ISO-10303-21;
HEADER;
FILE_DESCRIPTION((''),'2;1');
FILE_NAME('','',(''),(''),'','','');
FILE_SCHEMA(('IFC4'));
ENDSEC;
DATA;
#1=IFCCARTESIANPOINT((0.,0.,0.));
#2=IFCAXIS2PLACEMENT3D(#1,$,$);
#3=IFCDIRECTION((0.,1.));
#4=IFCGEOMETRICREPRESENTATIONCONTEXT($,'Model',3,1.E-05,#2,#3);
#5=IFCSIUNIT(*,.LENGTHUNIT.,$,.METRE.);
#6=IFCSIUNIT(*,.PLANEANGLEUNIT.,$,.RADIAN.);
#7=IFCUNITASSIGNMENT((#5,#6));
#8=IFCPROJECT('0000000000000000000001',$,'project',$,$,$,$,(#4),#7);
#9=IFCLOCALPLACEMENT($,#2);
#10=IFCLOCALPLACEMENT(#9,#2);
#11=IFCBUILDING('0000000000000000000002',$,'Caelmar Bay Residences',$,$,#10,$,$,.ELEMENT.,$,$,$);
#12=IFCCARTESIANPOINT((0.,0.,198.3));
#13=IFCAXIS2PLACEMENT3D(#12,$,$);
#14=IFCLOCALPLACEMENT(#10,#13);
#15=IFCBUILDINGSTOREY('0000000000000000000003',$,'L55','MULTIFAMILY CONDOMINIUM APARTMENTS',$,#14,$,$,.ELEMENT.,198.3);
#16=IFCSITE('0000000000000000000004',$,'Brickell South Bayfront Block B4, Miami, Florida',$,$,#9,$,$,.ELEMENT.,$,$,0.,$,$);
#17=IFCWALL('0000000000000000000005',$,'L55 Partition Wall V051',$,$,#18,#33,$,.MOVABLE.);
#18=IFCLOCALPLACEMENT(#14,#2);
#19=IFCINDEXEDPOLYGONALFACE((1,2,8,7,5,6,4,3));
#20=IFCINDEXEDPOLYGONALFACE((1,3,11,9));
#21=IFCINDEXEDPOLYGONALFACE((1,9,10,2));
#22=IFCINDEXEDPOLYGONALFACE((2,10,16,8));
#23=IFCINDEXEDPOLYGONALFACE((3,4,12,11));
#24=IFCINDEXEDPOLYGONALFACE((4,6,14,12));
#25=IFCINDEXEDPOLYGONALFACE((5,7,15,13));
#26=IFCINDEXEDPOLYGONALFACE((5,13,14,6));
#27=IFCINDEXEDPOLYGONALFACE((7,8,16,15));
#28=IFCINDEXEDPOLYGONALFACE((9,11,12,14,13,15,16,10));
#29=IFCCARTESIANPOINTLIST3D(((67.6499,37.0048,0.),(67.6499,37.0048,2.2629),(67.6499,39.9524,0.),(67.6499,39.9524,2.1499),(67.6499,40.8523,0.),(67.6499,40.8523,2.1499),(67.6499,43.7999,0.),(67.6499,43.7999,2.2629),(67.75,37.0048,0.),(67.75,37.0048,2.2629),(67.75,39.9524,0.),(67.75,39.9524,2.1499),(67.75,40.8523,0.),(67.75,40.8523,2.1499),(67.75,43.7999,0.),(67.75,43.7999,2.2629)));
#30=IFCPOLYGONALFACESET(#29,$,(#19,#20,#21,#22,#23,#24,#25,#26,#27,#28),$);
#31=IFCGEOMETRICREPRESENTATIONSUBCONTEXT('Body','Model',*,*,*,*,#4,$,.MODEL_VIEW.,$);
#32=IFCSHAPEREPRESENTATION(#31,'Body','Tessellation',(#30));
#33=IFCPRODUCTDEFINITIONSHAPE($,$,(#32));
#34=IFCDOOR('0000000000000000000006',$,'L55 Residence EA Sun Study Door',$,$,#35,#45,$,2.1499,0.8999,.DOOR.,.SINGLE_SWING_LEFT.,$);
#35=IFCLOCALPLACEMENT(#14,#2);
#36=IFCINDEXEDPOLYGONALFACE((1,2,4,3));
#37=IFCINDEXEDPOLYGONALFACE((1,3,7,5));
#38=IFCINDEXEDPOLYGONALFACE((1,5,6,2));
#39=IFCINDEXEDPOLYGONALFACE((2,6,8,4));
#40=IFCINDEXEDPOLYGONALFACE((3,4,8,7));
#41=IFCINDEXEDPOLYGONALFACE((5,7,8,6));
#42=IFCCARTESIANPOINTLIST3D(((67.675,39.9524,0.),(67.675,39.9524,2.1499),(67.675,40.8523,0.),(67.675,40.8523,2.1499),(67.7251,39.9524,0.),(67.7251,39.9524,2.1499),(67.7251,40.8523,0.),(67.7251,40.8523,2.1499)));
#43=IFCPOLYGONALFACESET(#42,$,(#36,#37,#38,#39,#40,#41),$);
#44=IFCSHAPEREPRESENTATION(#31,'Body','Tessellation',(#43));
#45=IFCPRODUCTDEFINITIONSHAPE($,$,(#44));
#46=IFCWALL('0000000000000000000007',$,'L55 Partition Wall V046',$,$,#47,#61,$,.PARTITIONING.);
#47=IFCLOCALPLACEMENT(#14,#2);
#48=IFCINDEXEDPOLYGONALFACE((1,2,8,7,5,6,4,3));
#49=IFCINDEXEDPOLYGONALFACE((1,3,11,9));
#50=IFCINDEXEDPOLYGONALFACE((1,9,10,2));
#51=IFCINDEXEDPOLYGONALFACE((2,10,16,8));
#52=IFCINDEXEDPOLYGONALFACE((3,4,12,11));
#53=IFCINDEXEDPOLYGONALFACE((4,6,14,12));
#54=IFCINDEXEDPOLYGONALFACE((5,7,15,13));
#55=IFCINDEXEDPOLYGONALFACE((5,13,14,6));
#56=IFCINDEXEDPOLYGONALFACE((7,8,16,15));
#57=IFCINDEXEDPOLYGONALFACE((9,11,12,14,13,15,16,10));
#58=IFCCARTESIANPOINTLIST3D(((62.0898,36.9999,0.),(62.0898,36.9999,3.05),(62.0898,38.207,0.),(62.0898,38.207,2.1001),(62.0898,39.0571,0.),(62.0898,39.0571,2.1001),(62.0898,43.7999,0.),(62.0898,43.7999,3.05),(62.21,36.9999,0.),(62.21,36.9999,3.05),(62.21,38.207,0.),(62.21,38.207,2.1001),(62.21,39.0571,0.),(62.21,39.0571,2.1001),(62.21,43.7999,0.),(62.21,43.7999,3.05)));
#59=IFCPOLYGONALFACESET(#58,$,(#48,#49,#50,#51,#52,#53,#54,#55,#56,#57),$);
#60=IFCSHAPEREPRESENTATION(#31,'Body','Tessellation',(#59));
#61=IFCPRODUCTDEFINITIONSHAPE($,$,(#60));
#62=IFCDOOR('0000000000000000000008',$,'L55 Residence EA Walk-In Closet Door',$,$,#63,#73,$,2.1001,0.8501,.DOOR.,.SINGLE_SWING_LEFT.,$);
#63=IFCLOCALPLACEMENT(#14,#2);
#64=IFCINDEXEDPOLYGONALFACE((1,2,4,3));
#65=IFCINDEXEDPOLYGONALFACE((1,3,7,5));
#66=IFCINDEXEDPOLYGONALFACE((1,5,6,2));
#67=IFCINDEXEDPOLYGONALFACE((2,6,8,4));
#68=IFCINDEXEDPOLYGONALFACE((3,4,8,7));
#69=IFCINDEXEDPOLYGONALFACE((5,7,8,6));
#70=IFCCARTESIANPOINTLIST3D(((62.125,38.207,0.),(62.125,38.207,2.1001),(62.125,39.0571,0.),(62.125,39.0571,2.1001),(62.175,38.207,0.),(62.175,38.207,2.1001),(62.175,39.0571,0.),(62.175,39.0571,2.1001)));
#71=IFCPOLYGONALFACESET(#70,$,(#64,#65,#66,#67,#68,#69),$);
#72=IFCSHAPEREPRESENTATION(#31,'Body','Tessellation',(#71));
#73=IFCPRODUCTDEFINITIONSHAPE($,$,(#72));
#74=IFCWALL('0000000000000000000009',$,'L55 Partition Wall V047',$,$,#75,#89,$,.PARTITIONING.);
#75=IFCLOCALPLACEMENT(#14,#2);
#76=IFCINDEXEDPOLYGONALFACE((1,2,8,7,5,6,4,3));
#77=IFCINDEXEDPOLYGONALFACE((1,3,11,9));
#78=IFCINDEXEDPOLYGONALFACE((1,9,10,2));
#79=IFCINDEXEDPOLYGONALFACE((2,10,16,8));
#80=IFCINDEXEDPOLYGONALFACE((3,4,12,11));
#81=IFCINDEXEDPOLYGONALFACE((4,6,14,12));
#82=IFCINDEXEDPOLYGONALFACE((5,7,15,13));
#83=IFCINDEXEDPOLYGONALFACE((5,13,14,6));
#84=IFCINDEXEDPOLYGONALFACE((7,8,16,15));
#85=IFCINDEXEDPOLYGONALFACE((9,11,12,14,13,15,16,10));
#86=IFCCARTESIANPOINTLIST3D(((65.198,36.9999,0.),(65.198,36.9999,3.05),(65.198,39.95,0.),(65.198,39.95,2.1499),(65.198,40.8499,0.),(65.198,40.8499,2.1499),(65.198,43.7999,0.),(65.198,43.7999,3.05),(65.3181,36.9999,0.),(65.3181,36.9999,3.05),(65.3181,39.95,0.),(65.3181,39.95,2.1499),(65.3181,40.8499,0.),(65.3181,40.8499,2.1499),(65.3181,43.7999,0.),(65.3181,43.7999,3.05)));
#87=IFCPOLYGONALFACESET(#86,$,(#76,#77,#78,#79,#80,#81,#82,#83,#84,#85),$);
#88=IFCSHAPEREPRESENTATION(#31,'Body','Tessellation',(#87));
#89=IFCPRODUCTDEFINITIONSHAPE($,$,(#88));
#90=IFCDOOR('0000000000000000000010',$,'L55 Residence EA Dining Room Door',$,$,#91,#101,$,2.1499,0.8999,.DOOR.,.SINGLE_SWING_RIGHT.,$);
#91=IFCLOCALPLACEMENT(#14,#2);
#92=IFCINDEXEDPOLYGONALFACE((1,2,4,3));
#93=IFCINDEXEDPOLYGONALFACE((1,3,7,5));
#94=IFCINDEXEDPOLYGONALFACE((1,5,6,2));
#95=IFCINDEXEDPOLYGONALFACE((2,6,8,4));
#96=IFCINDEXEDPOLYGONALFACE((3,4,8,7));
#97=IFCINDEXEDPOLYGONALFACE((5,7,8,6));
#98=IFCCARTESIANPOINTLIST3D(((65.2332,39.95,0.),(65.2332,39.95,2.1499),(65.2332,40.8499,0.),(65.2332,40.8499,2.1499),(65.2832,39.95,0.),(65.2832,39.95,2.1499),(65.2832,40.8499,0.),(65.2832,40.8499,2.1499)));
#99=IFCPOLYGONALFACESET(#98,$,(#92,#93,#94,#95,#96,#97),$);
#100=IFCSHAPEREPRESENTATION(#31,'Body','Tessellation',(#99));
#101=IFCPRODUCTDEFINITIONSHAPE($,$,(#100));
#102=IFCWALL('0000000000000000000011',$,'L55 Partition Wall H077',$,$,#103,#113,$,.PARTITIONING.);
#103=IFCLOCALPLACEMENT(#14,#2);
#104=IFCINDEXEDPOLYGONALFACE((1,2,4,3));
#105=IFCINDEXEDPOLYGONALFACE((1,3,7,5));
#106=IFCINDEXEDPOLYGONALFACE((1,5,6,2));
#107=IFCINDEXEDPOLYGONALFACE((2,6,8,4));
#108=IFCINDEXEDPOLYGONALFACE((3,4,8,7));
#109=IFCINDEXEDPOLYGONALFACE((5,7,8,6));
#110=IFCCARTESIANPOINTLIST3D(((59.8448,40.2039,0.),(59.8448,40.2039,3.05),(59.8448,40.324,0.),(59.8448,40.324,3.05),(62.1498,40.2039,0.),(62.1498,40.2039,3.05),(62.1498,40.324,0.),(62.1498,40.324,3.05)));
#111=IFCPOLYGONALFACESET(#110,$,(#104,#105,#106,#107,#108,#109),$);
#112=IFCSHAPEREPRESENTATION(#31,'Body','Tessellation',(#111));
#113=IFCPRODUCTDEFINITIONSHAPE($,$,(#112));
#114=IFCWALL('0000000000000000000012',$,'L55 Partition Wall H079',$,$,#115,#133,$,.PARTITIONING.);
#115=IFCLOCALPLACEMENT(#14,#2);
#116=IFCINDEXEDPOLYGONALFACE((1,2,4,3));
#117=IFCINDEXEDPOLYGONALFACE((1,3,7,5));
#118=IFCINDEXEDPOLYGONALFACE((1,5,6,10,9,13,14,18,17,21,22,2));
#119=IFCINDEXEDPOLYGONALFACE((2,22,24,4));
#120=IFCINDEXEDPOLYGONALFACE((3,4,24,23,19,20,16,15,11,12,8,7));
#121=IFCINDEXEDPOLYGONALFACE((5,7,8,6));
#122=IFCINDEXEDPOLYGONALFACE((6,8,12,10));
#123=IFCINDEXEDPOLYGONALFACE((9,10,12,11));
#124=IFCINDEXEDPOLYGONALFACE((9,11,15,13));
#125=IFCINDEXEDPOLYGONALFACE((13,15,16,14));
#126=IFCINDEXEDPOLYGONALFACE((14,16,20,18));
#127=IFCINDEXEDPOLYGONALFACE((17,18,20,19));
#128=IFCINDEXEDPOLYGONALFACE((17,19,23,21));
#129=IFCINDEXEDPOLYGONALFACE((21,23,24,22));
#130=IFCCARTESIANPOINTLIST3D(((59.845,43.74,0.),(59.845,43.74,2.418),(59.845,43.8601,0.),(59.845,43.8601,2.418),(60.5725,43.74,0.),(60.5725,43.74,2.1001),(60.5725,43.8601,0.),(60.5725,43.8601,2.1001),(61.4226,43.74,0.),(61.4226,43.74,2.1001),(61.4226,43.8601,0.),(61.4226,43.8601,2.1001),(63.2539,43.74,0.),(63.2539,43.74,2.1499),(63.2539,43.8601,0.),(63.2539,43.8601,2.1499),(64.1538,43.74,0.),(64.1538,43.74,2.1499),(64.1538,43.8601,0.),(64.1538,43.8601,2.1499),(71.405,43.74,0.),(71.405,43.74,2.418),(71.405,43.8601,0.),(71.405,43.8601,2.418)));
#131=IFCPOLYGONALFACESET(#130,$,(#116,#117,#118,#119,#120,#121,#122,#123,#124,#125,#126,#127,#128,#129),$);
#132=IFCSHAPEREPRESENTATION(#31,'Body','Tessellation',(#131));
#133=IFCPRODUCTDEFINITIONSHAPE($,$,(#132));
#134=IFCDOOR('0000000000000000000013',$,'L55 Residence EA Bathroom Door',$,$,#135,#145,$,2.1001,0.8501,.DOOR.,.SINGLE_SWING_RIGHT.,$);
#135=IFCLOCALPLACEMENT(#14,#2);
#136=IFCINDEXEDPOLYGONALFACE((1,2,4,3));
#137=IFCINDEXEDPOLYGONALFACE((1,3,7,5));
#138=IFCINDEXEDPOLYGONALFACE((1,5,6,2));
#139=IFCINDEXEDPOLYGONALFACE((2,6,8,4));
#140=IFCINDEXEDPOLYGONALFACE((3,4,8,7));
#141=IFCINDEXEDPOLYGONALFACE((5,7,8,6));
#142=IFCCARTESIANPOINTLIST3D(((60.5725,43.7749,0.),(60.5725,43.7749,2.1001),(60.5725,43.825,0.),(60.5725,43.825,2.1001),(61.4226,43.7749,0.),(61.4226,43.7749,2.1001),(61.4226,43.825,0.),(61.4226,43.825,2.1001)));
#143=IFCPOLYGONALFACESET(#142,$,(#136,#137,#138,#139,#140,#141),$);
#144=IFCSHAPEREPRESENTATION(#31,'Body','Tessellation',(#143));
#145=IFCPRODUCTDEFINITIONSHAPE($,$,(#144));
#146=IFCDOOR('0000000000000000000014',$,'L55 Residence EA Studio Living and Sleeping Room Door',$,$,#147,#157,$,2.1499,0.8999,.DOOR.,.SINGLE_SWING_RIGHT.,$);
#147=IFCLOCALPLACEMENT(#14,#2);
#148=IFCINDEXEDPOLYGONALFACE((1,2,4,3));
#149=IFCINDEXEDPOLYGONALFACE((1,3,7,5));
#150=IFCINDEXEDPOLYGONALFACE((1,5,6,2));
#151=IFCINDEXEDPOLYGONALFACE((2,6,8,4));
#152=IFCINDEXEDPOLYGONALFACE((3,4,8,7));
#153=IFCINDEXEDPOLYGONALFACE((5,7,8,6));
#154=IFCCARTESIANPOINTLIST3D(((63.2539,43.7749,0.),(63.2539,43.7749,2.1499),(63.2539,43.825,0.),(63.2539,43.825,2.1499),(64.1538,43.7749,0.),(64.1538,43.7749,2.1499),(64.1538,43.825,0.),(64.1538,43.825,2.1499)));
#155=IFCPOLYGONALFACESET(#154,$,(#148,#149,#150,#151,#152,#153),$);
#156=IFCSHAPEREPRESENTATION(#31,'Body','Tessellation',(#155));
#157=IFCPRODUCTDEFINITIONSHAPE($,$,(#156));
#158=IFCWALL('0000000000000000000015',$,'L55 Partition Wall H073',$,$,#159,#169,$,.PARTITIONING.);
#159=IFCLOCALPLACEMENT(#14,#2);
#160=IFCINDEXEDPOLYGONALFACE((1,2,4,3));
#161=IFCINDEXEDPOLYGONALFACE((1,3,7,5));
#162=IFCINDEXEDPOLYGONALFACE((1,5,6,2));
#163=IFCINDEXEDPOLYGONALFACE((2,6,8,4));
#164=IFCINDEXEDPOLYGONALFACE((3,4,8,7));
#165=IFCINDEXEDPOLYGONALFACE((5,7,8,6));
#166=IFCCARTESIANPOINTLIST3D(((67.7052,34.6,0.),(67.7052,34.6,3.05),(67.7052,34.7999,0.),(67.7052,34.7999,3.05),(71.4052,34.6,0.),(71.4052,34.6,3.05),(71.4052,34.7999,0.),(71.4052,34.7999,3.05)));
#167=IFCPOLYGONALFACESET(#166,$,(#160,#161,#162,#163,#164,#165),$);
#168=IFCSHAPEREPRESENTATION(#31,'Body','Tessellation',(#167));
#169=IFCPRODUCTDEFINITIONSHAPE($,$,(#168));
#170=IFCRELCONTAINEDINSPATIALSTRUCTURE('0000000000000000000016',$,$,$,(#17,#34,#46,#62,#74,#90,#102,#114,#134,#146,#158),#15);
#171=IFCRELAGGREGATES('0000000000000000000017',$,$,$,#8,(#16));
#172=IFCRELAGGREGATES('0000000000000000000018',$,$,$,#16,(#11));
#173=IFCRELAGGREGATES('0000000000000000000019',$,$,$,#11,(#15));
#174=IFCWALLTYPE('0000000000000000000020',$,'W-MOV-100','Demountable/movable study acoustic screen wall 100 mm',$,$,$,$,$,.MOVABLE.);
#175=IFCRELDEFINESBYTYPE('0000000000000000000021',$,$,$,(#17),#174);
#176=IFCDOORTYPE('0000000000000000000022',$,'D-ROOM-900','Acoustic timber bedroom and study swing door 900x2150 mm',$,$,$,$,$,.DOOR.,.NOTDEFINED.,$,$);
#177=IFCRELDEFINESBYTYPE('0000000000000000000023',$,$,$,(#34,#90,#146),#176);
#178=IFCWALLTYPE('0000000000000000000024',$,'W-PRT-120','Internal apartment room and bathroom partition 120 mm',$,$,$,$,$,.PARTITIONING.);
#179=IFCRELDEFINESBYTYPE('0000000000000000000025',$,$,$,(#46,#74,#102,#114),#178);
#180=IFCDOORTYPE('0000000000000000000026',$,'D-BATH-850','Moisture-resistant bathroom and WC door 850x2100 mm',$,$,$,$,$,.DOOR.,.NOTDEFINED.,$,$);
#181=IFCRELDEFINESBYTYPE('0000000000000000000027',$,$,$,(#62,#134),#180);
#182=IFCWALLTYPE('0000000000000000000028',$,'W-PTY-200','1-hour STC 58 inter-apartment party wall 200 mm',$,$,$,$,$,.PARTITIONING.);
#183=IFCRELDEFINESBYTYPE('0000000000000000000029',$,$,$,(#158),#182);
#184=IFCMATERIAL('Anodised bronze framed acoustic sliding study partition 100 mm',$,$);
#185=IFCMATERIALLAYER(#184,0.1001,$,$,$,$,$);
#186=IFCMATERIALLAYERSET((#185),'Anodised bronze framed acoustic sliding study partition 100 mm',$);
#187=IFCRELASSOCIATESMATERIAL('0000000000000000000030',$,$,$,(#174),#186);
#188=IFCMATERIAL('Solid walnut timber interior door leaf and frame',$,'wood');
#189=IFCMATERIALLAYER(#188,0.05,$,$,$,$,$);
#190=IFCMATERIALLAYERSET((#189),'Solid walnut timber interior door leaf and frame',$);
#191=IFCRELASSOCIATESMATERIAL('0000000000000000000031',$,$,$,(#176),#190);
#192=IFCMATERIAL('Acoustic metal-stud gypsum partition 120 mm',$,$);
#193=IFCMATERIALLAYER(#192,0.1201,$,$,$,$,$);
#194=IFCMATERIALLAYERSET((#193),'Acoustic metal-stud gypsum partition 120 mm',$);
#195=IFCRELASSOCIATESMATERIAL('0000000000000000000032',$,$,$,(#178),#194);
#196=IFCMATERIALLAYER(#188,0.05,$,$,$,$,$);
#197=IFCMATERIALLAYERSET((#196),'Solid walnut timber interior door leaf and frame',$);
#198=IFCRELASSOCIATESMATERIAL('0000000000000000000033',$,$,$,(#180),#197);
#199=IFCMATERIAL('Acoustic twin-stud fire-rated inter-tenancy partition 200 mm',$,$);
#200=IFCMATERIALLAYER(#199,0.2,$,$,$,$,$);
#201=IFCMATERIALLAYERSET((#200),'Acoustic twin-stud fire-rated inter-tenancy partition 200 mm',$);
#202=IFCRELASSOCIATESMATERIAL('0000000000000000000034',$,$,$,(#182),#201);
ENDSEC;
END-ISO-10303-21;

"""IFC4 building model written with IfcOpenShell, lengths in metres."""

from ifc_helpers import new_model, si_unit, direction, frame, frame_2d, origin, place, context, subcontext, project, spatial, rectangle, extrude, material, layer, layer_set, type_object, element, fill, save


model = new_model("IFC4")

# Units and contexts
model_context = context("Model", 3, precision=1e-05, world=origin(), true_north=direction((0.0, 1.0)))
body_context = subcontext(model_context, "Body", "Model", "MODEL_VIEW")
ifc_project = project(units=[si_unit("LENGTHUNIT", "METRE"), si_unit("PLANEANGLEUNIT", "RADIAN")], contexts=[model_context])

# Site, building, storey
site_placement = place(None, origin())
site = spatial("IfcSite", under=ifc_project, at=site_placement, Name="Brickell South Bayfront Block B4, Miami, Florida", CompositionType="ELEMENT", RefElevation=0.0)
building_placement = place(site_placement, origin())
building = spatial("IfcBuilding", under=site, at=building_placement, Name="Caelmar Bay Residences", CompositionType="ELEMENT")
storey_placement = place(building_placement, frame((0.0, 0.0, 198.3)))
storey = spatial("IfcBuildingStorey", under=building, at=storey_placement, Name="L55", Description="MULTIFAMILY CONDOMINIUM APARTMENTS", CompositionType="ELEMENT", Elevation=198.3)

# Walls, openings, doors
ifc_material_1 = material(Name="Anodised bronze framed acoustic sliding study partition 100 mm")
ifc_layer_1 = layer(ifc_material_1, 0.1001)
ifc_layer_set_1 = layer_set([ifc_layer_1], Name="Anodised bronze framed acoustic sliding study partition 100 mm")
wall_type_1 = type_object("IfcWallType", Name="W-MOV-100", Description="Demountable/movable study acoustic screen wall 100 mm", PredefinedType="MOVABLE", material=ifc_layer_set_1)
wall_1_placement = place(storey_placement, frame((67.7, 37.0049, 0.0), z_axis=(0.0, 0.0, 1.0), x_axis=(0.0, 1.0, 0.0)))
wall_1 = element("IfcWall", 1, at=wall_1_placement, inside=storey, type_object=wall_type_1, Name="L55 Partition Wall V051", PredefinedType="MOVABLE", context=body_context, shape_type="SweptSolid", body=[
    extrude(rectangle(XDim=6.7952, YDim=0.1001, at=frame_2d((3.3975, 0.0))), origin(), (0.0, 0.0, 1.0), 2.2629),
])
opening_1_placement = place(wall_1_placement, frame((2.9475, 0.0, 0.0)))
opening_1 = element("IfcOpeningElement", 2, at=opening_1_placement, cuts=wall_1, PredefinedType="OPENING", context=body_context, shape_type="SweptSolid", body=[
    extrude(rectangle(XDim=0.8999, YDim=2.1499, at=frame_2d((0.45, 1.075))), frame((0.0, 0.0601, 0.0), z_axis=(0.0, -1.0, 0.0), x_axis=(1.0, 0.0, 0.0)), (0.0, 0.0, 1.0), 0.1201),
])
ifc_material_2 = material(Name="Solid walnut timber interior door leaf and frame", Category="wood")
ifc_layer_2 = layer(ifc_material_2, 0.05)
ifc_layer_set_2 = layer_set([ifc_layer_2], Name="Solid walnut timber interior door leaf and frame")
door_type_1 = type_object("IfcDoorType", Name="D-ROOM-900", Description="Acoustic timber bedroom and study swing door 900x2150 mm", OperationType="NOTDEFINED", PredefinedType="DOOR", material=ifc_layer_set_2)
door_1_placement = place(opening_1_placement, origin())
door_1 = element("IfcDoor", 3, at=door_1_placement, inside=storey, type_object=door_type_1, Name="L55 Residence EA Sun Study Door", OperationType="SINGLE_SWING_LEFT", OverallHeight=2.1499, OverallWidth=0.8999, PredefinedType="DOOR", context=body_context, shape_type="SweptSolid", body=[
    extrude(rectangle(XDim=0.8999, YDim=2.1499, at=frame_2d((0.45, 1.075))), frame((0.0, 0.0249, 0.0), z_axis=(0.0, -1.0, 0.0), x_axis=(1.0, 0.0, 0.0)), (0.0, 0.0, 1.0), 0.05),
])
fill(opening_1, door_1)
ifc_material_3 = material(Name="Acoustic metal-stud gypsum partition 120 mm")
ifc_layer_3 = layer(ifc_material_3, 0.1201)
ifc_layer_set_3 = layer_set([ifc_layer_3], Name="Acoustic metal-stud gypsum partition 120 mm")
wall_type_2 = type_object("IfcWallType", Name="W-PRT-120", Description="Internal apartment room and bathroom partition 120 mm", PredefinedType="PARTITIONING", material=ifc_layer_set_3)
wall_2_placement = place(storey_placement, frame((62.1499, 37.0, 0.0), z_axis=(0.0, 0.0, 1.0), x_axis=(0.0, 1.0, 0.0)))
wall_2 = element("IfcWall", 4, at=wall_2_placement, inside=storey, type_object=wall_type_2, Name="L55 Partition Wall V046", PredefinedType="PARTITIONING", context=body_context, shape_type="SweptSolid", body=[
    extrude(rectangle(XDim=6.8, YDim=0.1201, at=frame_2d((3.3999, 0.0))), origin(), (0.0, 0.0, 1.0), 3.05),
])
opening_2_placement = place(wall_2_placement, frame((1.207, 0.0, 0.0)))
opening_2 = element("IfcOpeningElement", 5, at=opening_2_placement, cuts=wall_2, PredefinedType="OPENING", context=body_context, shape_type="SweptSolid", body=[
    extrude(rectangle(XDim=0.8501, YDim=2.1001, at=frame_2d((0.425, 1.05))), frame((0.0, 0.0701, 0.0), z_axis=(0.0, -1.0, 0.0), x_axis=(1.0, 0.0, 0.0)), (0.0, 0.0, 1.0), 0.1401),
])
ifc_layer_4 = layer(ifc_material_2, 0.05)
ifc_layer_set_4 = layer_set([ifc_layer_4], Name="Solid walnut timber interior door leaf and frame")
door_type_2 = type_object("IfcDoorType", Name="D-BATH-850", Description="Moisture-resistant bathroom and WC door 850x2100 mm", OperationType="NOTDEFINED", PredefinedType="DOOR", material=ifc_layer_set_4)
door_2_placement = place(opening_2_placement, origin())
door_2 = element("IfcDoor", 6, at=door_2_placement, inside=storey, type_object=door_type_2, Name="L55 Residence EA Walk-In Closet Door", OperationType="SINGLE_SWING_LEFT", OverallHeight=2.1001, OverallWidth=0.8501, PredefinedType="DOOR", context=body_context, shape_type="SweptSolid", body=[
    extrude(rectangle(XDim=0.8501, YDim=2.1001, at=frame_2d((0.425, 1.05))), frame((0.0, 0.0249, 0.0), z_axis=(0.0, -1.0, 0.0), x_axis=(1.0, 0.0, 0.0)), (0.0, 0.0, 1.0), 0.05),
])
fill(opening_2, door_2)
wall_3_placement = place(storey_placement, frame((65.2581, 37.0, 0.0), z_axis=(0.0, 0.0, 1.0), x_axis=(0.0, 1.0, 0.0)))
wall_3 = element("IfcWall", 7, at=wall_3_placement, inside=storey, type_object=wall_type_2, Name="L55 Partition Wall V047", PredefinedType="PARTITIONING", context=body_context, shape_type="SweptSolid", body=[
    extrude(rectangle(XDim=6.8, YDim=0.1201, at=frame_2d((3.3999, 0.0))), origin(), (0.0, 0.0, 1.0), 3.05),
])
opening_3_placement = place(wall_3_placement, frame((2.95, 0.0, 0.0)))
opening_3 = element("IfcOpeningElement", 8, at=opening_3_placement, cuts=wall_3, PredefinedType="OPENING", context=body_context, shape_type="SweptSolid", body=[
    extrude(rectangle(XDim=0.8999, YDim=2.1499, at=frame_2d((0.45, 1.075))), frame((0.0, 0.0701, 0.0), z_axis=(0.0, -1.0, 0.0), x_axis=(1.0, 0.0, 0.0)), (0.0, 0.0, 1.0), 0.1401),
])
door_3_placement = place(opening_3_placement, origin())
door_3 = element("IfcDoor", 9, at=door_3_placement, inside=storey, type_object=door_type_1, Name="L55 Residence EA Dining Room Door", OperationType="SINGLE_SWING_RIGHT", OverallHeight=2.1499, OverallWidth=0.8999, PredefinedType="DOOR", context=body_context, shape_type="SweptSolid", body=[
    extrude(rectangle(XDim=0.8999, YDim=2.1499, at=frame_2d((0.45, 1.075))), frame((0.0, 0.0249, 0.0), z_axis=(0.0, -1.0, 0.0), x_axis=(1.0, 0.0, 0.0)), (0.0, 0.0, 1.0), 0.05),
])
fill(opening_3, door_3)

# Wall
wall_4_placement = place(storey_placement, frame((59.845, 40.2639, 0.0), z_axis=(0.0, 0.0, 1.0), x_axis=(1.0, 0.0, 0.0)))
element("IfcWall", 10, at=wall_4_placement, inside=storey, type_object=wall_type_2, Name="L55 Partition Wall H077", PredefinedType="PARTITIONING", context=body_context, shape_type="SweptSolid", body=[
    extrude(rectangle(XDim=2.3049, YDim=0.1201, at=frame_2d((1.1523, 0.0))), origin(), (0.0, 0.0, 1.0), 3.05),
])

# Wall, openings, doors
wall_5_placement = place(storey_placement, frame((59.845, 43.8, 0.0), z_axis=(0.0, 0.0, 1.0), x_axis=(1.0, 0.0, 0.0)))
wall_5 = element("IfcWall", 11, at=wall_5_placement, inside=storey, type_object=wall_type_2, Name="L55 Partition Wall H079", PredefinedType="PARTITIONING", context=body_context, shape_type="SweptSolid", body=[
    extrude(rectangle(XDim=11.5601, YDim=0.1201, at=frame_2d((5.78, 0.0))), origin(), (0.0, 0.0, 1.0), 2.418),
])
opening_4_placement = place(wall_5_placement, frame((3.4089, 0.0, 0.0)))
opening_4 = element("IfcOpeningElement", 12, at=opening_4_placement, cuts=wall_5, PredefinedType="OPENING", context=body_context, shape_type="SweptSolid", body=[
    extrude(rectangle(XDim=0.8999, YDim=2.1499, at=frame_2d((0.45, 1.075))), frame((0.0, 0.0701, 0.0), z_axis=(0.0, -1.0, 0.0), x_axis=(1.0, 0.0, 0.0)), (0.0, 0.0, 1.0), 0.1401),
])
opening_5_placement = place(wall_5_placement, frame((0.7275, 0.0, 0.0)))
opening_5 = element("IfcOpeningElement", 13, at=opening_5_placement, cuts=wall_5, PredefinedType="OPENING", context=body_context, shape_type="SweptSolid", body=[
    extrude(rectangle(XDim=0.8501, YDim=2.1001, at=frame_2d((0.425, 1.05))), frame((0.0, 0.0701, 0.0), z_axis=(0.0, -1.0, 0.0), x_axis=(1.0, 0.0, 0.0)), (0.0, 0.0, 1.0), 0.1401),
])
door_4_placement = place(opening_5_placement, origin())
door_4 = element("IfcDoor", 14, at=door_4_placement, inside=storey, type_object=door_type_2, Name="L55 Residence EA Bathroom Door", OperationType="SINGLE_SWING_RIGHT", OverallHeight=2.1001, OverallWidth=0.8501, PredefinedType="DOOR", context=body_context, shape_type="SweptSolid", body=[
    extrude(rectangle(XDim=0.8501, YDim=2.1001, at=frame_2d((0.425, 1.05))), frame((0.0, 0.0249, 0.0), z_axis=(0.0, -1.0, 0.0), x_axis=(1.0, 0.0, 0.0)), (0.0, 0.0, 1.0), 0.05),
])
fill(opening_5, door_4)
door_5_placement = place(opening_4_placement, origin())
door_5 = element("IfcDoor", 15, at=door_5_placement, inside=storey, type_object=door_type_1, Name="L55 Residence EA Studio Living and Sleeping Room Door", OperationType="SINGLE_SWING_RIGHT", OverallHeight=2.1499, OverallWidth=0.8999, PredefinedType="DOOR", context=body_context, shape_type="SweptSolid", body=[
    extrude(rectangle(XDim=0.8999, YDim=2.1499, at=frame_2d((0.45, 1.075))), frame((0.0, 0.0249, 0.0), z_axis=(0.0, -1.0, 0.0), x_axis=(1.0, 0.0, 0.0)), (0.0, 0.0, 1.0), 0.05),
])
fill(opening_4, door_5)

# Wall
ifc_material_4 = material(Name="Acoustic twin-stud fire-rated inter-tenancy partition 200 mm")
ifc_layer_5 = layer(ifc_material_4, 0.2)
ifc_layer_set_5 = layer_set([ifc_layer_5], Name="Acoustic twin-stud fire-rated inter-tenancy partition 200 mm")
wall_type_3 = type_object("IfcWallType", Name="W-PTY-200", Description="1-hour STC 58 inter-apartment party wall 200 mm", PredefinedType="PARTITIONING", material=ifc_layer_set_5)
wall_6_placement = place(storey_placement, frame((67.7051, 34.7, 0.0), z_axis=(0.0, 0.0, 1.0), x_axis=(1.0, 0.0, 0.0)))
element("IfcWall", 16, at=wall_6_placement, inside=storey, type_object=wall_type_3, Name="L55 Partition Wall H073", PredefinedType="PARTITIONING", context=body_context, shape_type="SweptSolid", body=[
    extrude(rectangle(XDim=3.7, YDim=0.2, at=frame_2d((1.8501, 0.0))), origin(), (0.0, 0.0, 1.0), 3.05),
])

save(model, "model.ifc")
